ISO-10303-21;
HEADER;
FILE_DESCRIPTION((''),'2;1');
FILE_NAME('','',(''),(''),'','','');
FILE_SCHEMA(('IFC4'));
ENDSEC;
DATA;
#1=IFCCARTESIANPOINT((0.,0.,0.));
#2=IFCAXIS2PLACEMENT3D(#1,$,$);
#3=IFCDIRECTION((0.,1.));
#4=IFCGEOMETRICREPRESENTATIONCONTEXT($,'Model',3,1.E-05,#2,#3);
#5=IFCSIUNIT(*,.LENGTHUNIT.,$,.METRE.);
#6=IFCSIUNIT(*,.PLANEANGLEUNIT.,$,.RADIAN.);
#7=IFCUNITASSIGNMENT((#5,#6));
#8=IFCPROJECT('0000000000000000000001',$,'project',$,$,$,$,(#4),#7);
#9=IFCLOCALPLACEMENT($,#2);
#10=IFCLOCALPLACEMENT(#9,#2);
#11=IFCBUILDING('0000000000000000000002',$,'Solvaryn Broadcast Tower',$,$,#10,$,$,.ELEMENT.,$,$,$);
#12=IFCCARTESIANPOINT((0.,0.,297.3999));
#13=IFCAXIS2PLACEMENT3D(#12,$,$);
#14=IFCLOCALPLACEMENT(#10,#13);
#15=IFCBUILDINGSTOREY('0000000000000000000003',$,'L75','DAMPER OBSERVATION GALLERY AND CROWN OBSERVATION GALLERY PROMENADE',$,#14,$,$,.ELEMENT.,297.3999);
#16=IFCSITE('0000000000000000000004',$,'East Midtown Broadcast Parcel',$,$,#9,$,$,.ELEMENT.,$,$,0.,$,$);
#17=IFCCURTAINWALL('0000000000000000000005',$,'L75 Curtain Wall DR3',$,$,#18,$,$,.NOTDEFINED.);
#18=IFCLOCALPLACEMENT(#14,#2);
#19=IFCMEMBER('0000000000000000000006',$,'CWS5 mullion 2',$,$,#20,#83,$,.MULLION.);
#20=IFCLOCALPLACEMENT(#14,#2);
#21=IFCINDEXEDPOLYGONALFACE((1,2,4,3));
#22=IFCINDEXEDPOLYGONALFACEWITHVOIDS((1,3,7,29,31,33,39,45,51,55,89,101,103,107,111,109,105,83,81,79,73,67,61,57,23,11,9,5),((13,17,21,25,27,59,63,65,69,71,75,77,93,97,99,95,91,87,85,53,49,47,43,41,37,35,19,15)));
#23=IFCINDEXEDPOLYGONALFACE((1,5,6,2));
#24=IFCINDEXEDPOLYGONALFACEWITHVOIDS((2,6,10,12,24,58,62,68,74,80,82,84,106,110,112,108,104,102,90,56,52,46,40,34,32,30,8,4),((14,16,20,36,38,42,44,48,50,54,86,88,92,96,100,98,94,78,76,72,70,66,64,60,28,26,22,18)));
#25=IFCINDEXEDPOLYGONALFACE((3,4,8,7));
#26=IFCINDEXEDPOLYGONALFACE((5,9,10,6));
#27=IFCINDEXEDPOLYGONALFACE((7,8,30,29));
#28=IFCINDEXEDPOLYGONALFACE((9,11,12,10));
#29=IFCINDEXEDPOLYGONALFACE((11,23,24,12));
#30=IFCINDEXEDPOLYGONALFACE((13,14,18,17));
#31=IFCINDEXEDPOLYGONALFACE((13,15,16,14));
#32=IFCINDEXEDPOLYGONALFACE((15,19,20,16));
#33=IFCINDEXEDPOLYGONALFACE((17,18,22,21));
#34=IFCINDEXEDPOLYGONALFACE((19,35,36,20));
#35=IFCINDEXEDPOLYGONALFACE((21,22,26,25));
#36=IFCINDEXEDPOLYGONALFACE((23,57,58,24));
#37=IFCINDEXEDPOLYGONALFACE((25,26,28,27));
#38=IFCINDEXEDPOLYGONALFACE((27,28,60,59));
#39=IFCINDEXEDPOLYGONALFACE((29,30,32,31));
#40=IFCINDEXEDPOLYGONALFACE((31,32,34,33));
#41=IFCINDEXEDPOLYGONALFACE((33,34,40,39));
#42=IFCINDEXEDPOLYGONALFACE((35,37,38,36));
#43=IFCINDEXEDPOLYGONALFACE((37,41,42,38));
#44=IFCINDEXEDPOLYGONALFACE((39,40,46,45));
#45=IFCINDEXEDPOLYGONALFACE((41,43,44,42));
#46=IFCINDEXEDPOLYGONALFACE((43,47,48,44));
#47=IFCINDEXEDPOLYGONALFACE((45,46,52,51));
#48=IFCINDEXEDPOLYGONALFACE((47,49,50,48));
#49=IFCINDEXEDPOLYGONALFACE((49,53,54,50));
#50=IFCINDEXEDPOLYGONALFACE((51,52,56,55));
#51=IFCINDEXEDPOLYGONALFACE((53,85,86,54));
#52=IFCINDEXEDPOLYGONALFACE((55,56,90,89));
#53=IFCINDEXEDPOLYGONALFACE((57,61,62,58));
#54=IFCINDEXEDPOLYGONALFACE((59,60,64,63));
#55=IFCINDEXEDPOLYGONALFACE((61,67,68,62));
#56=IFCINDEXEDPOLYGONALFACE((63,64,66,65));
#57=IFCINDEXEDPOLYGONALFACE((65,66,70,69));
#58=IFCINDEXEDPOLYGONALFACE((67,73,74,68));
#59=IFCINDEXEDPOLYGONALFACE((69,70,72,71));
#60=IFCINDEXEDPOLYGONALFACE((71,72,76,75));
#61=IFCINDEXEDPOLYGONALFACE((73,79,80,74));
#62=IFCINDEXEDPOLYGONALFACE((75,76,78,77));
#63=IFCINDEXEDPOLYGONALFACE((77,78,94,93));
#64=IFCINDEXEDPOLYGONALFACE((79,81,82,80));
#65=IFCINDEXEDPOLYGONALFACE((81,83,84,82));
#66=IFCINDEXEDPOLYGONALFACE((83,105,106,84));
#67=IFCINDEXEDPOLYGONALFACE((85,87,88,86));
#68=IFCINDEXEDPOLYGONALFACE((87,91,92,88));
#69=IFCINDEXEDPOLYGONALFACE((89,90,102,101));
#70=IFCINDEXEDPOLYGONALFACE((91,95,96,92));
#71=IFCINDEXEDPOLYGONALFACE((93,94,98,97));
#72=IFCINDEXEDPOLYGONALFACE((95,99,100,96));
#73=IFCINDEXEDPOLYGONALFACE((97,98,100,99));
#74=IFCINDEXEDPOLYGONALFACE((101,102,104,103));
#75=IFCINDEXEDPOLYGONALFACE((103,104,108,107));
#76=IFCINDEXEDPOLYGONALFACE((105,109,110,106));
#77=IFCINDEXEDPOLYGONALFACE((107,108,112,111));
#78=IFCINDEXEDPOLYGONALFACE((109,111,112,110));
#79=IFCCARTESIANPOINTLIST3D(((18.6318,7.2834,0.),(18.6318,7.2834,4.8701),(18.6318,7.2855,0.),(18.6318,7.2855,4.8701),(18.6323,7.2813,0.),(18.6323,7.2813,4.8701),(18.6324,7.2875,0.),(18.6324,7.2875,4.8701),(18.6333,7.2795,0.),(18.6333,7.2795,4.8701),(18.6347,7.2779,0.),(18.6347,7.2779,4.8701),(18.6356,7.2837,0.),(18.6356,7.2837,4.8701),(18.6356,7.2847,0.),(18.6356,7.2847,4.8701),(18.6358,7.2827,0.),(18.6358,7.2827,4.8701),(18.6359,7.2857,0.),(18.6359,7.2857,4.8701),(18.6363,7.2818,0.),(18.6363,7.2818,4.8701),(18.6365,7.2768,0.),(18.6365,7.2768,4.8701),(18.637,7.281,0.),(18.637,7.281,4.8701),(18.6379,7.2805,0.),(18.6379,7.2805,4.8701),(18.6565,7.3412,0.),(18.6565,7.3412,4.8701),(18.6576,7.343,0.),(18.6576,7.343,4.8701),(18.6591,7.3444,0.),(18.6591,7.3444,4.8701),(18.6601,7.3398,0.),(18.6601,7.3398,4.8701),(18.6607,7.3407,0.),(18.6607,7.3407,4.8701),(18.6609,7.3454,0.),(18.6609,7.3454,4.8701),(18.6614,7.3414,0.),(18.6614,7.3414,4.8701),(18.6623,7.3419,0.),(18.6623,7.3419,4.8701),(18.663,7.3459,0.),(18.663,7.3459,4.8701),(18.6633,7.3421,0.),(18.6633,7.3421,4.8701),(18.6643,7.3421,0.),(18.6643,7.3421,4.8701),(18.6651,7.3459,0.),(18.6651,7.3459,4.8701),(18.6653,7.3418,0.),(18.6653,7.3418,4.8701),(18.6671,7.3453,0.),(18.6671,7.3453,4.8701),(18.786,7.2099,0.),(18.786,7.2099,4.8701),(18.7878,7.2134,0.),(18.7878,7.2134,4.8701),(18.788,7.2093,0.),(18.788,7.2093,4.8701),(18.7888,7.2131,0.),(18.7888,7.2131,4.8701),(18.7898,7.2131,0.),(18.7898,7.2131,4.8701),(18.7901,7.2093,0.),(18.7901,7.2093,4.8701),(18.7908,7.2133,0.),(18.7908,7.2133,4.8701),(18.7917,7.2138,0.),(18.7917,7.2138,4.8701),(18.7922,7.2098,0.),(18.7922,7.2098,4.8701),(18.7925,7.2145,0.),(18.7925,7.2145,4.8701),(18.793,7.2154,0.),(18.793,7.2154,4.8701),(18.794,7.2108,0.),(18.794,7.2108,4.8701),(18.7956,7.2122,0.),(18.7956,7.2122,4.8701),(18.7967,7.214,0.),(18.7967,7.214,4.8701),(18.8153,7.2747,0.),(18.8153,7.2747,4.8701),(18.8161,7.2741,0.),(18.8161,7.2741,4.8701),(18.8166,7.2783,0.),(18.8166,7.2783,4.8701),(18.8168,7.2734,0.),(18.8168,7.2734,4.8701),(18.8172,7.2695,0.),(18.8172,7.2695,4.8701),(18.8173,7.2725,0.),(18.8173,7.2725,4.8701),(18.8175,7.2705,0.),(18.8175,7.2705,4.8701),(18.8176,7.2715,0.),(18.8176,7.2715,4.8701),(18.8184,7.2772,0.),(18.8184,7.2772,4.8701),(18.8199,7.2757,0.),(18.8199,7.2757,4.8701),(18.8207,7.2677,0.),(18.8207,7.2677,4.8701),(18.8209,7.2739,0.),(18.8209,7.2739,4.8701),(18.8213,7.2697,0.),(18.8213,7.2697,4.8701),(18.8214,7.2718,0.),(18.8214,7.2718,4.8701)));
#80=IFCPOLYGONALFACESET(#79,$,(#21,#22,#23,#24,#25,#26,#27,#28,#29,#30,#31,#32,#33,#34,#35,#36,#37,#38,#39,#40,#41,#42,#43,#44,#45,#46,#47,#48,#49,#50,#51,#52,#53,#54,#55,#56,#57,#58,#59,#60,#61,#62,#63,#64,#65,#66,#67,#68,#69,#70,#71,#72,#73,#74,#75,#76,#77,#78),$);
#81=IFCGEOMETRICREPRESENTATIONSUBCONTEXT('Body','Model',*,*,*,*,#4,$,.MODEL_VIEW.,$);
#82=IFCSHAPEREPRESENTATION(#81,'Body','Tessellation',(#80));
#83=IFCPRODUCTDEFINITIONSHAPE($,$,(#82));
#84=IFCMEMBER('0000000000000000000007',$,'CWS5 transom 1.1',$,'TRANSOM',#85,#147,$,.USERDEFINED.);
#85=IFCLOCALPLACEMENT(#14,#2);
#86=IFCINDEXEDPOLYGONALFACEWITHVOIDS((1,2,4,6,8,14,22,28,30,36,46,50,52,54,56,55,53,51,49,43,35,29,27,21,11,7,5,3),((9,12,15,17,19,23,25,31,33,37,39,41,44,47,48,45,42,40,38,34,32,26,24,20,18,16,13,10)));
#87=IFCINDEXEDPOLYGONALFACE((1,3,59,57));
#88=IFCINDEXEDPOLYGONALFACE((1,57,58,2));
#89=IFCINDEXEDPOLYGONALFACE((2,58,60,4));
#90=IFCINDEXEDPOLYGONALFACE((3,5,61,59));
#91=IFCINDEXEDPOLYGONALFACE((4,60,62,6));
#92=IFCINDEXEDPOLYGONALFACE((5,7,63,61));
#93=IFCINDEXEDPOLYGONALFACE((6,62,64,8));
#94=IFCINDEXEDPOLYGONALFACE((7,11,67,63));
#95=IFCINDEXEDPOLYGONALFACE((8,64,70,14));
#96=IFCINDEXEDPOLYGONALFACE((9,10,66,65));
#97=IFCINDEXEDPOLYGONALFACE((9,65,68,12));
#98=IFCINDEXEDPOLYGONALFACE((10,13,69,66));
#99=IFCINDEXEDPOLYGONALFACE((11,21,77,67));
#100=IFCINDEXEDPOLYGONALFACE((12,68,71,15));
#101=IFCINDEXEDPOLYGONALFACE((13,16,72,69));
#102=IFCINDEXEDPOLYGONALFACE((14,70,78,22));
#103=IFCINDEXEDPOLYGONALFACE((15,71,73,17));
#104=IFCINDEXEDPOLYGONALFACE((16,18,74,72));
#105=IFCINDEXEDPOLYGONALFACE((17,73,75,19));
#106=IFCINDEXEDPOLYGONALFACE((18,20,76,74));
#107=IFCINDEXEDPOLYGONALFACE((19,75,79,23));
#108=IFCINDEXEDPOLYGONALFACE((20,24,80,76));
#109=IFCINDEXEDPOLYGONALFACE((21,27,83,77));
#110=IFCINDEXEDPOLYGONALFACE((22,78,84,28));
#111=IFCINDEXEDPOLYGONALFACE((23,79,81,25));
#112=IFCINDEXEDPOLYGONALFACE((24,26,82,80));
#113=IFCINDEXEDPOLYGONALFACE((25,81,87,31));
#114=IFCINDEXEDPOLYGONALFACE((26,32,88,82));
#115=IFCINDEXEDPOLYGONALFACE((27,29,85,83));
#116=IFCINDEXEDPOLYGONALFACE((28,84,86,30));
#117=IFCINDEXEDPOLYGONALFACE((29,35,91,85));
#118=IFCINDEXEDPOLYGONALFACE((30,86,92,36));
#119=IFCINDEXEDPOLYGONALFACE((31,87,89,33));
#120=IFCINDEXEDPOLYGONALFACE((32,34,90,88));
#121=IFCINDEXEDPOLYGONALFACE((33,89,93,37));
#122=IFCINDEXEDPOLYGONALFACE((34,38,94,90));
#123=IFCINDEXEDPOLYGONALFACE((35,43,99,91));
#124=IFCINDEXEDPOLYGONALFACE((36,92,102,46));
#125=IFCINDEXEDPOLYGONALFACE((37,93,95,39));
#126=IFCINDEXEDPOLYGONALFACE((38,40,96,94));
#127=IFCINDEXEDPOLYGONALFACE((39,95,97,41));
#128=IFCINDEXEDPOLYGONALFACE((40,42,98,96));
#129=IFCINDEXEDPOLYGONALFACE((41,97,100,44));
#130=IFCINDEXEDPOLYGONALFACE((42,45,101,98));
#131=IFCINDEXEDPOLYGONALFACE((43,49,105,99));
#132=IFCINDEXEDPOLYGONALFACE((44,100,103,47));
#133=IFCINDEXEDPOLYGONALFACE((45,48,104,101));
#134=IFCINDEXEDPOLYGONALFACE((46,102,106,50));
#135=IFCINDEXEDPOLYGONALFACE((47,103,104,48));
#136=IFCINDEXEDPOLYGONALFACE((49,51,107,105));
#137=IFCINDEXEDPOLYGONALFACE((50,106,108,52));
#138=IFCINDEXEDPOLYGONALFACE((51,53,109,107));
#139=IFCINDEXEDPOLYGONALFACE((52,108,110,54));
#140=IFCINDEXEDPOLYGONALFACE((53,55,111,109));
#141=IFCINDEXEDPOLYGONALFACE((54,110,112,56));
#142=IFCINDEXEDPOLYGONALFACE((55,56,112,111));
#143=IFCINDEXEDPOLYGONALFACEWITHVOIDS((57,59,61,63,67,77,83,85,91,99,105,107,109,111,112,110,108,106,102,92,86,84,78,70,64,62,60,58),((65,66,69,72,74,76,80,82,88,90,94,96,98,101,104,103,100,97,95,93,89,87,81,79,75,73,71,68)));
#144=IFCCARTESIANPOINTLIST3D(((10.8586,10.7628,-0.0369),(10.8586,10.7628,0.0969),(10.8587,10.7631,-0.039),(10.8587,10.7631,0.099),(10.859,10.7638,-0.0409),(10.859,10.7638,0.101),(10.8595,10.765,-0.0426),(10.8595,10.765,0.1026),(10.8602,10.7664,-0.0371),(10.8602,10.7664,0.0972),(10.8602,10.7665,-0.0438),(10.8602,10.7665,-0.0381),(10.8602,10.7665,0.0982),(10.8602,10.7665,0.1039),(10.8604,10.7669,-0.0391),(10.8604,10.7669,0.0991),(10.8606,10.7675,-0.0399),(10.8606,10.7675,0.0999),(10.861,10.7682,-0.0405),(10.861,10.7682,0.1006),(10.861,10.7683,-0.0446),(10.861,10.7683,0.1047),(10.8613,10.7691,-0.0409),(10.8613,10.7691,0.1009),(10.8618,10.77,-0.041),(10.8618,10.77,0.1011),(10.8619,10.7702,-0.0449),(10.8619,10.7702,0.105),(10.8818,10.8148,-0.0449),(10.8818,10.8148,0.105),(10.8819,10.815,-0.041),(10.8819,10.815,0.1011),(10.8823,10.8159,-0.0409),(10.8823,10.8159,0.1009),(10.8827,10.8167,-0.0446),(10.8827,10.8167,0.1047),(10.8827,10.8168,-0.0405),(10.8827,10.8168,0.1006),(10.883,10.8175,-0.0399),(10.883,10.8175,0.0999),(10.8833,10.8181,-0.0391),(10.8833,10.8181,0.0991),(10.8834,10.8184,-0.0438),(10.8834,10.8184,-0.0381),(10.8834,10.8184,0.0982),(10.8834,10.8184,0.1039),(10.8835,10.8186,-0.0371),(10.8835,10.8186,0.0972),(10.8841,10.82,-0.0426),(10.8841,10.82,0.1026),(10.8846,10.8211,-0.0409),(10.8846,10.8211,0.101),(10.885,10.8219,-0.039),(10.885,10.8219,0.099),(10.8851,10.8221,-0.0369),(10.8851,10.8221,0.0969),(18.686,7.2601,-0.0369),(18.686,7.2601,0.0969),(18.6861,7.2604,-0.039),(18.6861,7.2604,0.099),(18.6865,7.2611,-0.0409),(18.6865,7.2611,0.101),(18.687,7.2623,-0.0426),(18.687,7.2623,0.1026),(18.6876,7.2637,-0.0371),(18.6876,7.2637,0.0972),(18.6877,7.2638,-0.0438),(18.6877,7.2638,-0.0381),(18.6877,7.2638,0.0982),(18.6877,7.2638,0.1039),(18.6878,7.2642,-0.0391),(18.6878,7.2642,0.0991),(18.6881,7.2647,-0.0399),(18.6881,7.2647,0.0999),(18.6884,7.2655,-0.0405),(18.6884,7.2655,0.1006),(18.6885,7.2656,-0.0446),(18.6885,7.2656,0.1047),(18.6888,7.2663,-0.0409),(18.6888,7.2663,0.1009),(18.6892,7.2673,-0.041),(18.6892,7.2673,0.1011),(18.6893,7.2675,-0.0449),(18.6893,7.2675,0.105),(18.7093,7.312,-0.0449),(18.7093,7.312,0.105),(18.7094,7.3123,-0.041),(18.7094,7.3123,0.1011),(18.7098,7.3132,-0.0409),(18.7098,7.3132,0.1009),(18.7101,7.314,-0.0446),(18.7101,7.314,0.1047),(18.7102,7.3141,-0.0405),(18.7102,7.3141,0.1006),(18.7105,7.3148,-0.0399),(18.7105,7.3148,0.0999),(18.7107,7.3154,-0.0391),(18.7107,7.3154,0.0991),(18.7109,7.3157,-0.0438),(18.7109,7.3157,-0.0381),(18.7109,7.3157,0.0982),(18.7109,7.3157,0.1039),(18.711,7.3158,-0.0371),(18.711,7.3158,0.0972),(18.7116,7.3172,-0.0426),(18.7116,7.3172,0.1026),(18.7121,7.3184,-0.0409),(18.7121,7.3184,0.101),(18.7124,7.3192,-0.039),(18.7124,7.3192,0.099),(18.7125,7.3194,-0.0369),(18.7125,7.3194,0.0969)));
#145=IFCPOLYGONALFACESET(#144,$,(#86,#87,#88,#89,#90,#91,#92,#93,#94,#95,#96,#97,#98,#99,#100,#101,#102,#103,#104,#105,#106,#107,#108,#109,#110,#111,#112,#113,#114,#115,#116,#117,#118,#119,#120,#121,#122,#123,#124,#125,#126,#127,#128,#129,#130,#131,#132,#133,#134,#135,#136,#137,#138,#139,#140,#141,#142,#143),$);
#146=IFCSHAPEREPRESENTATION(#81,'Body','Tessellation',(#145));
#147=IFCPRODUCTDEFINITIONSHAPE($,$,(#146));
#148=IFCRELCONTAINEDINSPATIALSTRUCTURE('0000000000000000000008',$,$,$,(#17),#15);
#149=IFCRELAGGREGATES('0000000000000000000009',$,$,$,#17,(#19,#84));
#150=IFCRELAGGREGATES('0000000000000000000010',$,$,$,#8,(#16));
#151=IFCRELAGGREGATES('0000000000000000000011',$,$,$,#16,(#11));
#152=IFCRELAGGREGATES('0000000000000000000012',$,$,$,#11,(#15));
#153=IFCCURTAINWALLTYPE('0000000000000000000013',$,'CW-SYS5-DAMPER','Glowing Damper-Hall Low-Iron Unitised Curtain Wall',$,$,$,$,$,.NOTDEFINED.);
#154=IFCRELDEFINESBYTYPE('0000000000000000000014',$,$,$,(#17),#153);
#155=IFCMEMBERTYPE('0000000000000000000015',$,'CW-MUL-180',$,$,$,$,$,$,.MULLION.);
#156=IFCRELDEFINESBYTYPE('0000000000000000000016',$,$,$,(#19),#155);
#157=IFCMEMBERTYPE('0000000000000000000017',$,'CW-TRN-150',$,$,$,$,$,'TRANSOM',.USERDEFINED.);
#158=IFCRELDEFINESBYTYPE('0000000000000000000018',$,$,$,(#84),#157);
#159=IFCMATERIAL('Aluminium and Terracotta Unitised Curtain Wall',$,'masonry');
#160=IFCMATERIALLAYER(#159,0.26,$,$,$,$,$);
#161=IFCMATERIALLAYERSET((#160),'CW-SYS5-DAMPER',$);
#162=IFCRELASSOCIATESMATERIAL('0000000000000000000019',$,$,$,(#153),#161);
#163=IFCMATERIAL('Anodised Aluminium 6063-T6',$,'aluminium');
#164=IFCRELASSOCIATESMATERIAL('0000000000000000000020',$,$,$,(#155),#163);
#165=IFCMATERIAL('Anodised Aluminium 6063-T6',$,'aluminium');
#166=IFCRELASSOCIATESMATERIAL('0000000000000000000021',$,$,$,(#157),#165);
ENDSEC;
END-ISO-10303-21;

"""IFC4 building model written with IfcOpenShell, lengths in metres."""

from ifc_helpers import new_model, si_unit, direction, frame, origin, origin_2d, place, context, subcontext, project, spatial, hollow_rectangle, extrude, material, layer, layer_set, material_profile, profile_set, type_object, element, aggregate, save


model = new_model("IFC4")

# Units and contexts
model_context = context("Model", 3, precision=1e-05, world=origin(), true_north=direction((0.0, 1.0)))
body_context = subcontext(model_context, "Body", "Model", "MODEL_VIEW")
ifc_project = project(units=[si_unit("LENGTHUNIT", "METRE"), si_unit("PLANEANGLEUNIT", "RADIAN")], contexts=[model_context])

# Site, building, storey
site_placement = place(None, origin())
site = spatial("IfcSite", under=ifc_project, at=site_placement, Name="East Midtown Broadcast Parcel", CompositionType="ELEMENT", RefElevation=0.0)
building_placement = place(site_placement, origin())
building = spatial("IfcBuilding", under=site, at=building_placement, Name="Solvaryn Broadcast Tower", CompositionType="ELEMENT")
storey_placement = place(building_placement, frame((0.0, 0.0, 297.3999)))
storey = spatial("IfcBuildingStorey", under=building, at=storey_placement, Name="L75", Description="DAMPER OBSERVATION GALLERY AND CROWN OBSERVATION GALLERY PROMENADE", CompositionType="ELEMENT", Elevation=297.3999)

# Shared definitions
ifc_material_1 = material(Name="Aluminium and Terracotta Unitised Curtain Wall", Category="masonry")
ifc_layer_1 = layer(ifc_material_1, 0.26)
ifc_layer_set_1 = layer_set([ifc_layer_1], Name="CW-SYS5-DAMPER")
curtain_wall_type = type_object("IfcCurtainWallType", Name="CW-SYS5-DAMPER", Description="Glowing Damper-Hall Low-Iron Unitised Curtain Wall", PredefinedType="NOTDEFINED", material=ifc_layer_set_1)
ifc_material_2 = material(Name="Anodised Aluminium 6063-T6", Category="aluminium")
ifc_material_profile_1 = material_profile(ifc_material_2, hollow_rectangle(XDim=0.075, YDim=0.1799, WallThickness=0.0039, InnerFilletRadius=0.0039, OuterFilletRadius=0.0081, at=origin_2d()))
ifc_profile_set_1 = profile_set([ifc_material_profile_1], Name="Anodised Aluminium 6063-T6")
member_type_1 = type_object("IfcMemberType", Name="CW-MUL-180", PredefinedType="MULLION", material=ifc_profile_set_1)

# Curtain wall, members
curtain_wall_1_placement = place(storey_placement, origin())
curtain_wall_1 = element("IfcCurtainWall", 1, at=curtain_wall_1_placement, inside=storey, type_object=curtain_wall_type, Name="L75 Curtain Wall DR3", PredefinedType="NOTDEFINED")
member_1_placement = place(storey_placement, frame((18.7266, 7.2776, 0.0), z_axis=(0.0, 0.0, 1.0), x_axis=(0.408466, 0.912774, 0.0)))
member_1 = element("IfcMember", 2, at=member_1_placement, type_object=member_type_1, Name="CWS5 mullion 2", PredefinedType="MULLION", context=body_context, shape_type="SweptSolid", body=[
    extrude(hollow_rectangle(XDim=0.075, YDim=0.1799, WallThickness=0.0039, InnerFilletRadius=0.0039, OuterFilletRadius=0.0081, at=origin_2d()), origin(), (0.0, 0.0, 1.0), 4.8701),
])
ifc_material_3 = material(Name="Anodised Aluminium 6063-T6", Category="aluminium")
ifc_material_profile_2 = material_profile(ifc_material_3, hollow_rectangle(XDim=0.0649, YDim=0.1499, WallThickness=0.0039, InnerFilletRadius=0.0039, OuterFilletRadius=0.0081, at=origin_2d()))
ifc_profile_set_2 = profile_set([ifc_material_profile_2], Name="Anodised Aluminium 6063-T6")
member_type_2 = type_object("IfcMemberType", Name="CW-TRN-150", ElementType="TRANSOM", PredefinedType="USERDEFINED", material=ifc_profile_set_2)
member_2_placement = place(storey_placement, frame((10.8718, 10.7925, 0.03), z_axis=(0.912777, -0.408459, 0.0), x_axis=(0.408459, 0.912777, 0.0)))
member_2 = element("IfcMember", 3, at=member_2_placement, type_object=member_type_2, Name="CWS5 transom 1.1", ObjectType="TRANSOM", PredefinedType="USERDEFINED", context=body_context, shape_type="SweptSolid", body=[
    extrude(hollow_rectangle(XDim=0.0649, YDim=0.1499, WallThickness=0.0039, InnerFilletRadius=0.0039, OuterFilletRadius=0.0081, at=origin_2d()), origin(), (0.0, 0.0, 1.0), 8.5754),
])

aggregate(curtain_wall_1, [member_1, member_2])

save(model, "model.ifc")
